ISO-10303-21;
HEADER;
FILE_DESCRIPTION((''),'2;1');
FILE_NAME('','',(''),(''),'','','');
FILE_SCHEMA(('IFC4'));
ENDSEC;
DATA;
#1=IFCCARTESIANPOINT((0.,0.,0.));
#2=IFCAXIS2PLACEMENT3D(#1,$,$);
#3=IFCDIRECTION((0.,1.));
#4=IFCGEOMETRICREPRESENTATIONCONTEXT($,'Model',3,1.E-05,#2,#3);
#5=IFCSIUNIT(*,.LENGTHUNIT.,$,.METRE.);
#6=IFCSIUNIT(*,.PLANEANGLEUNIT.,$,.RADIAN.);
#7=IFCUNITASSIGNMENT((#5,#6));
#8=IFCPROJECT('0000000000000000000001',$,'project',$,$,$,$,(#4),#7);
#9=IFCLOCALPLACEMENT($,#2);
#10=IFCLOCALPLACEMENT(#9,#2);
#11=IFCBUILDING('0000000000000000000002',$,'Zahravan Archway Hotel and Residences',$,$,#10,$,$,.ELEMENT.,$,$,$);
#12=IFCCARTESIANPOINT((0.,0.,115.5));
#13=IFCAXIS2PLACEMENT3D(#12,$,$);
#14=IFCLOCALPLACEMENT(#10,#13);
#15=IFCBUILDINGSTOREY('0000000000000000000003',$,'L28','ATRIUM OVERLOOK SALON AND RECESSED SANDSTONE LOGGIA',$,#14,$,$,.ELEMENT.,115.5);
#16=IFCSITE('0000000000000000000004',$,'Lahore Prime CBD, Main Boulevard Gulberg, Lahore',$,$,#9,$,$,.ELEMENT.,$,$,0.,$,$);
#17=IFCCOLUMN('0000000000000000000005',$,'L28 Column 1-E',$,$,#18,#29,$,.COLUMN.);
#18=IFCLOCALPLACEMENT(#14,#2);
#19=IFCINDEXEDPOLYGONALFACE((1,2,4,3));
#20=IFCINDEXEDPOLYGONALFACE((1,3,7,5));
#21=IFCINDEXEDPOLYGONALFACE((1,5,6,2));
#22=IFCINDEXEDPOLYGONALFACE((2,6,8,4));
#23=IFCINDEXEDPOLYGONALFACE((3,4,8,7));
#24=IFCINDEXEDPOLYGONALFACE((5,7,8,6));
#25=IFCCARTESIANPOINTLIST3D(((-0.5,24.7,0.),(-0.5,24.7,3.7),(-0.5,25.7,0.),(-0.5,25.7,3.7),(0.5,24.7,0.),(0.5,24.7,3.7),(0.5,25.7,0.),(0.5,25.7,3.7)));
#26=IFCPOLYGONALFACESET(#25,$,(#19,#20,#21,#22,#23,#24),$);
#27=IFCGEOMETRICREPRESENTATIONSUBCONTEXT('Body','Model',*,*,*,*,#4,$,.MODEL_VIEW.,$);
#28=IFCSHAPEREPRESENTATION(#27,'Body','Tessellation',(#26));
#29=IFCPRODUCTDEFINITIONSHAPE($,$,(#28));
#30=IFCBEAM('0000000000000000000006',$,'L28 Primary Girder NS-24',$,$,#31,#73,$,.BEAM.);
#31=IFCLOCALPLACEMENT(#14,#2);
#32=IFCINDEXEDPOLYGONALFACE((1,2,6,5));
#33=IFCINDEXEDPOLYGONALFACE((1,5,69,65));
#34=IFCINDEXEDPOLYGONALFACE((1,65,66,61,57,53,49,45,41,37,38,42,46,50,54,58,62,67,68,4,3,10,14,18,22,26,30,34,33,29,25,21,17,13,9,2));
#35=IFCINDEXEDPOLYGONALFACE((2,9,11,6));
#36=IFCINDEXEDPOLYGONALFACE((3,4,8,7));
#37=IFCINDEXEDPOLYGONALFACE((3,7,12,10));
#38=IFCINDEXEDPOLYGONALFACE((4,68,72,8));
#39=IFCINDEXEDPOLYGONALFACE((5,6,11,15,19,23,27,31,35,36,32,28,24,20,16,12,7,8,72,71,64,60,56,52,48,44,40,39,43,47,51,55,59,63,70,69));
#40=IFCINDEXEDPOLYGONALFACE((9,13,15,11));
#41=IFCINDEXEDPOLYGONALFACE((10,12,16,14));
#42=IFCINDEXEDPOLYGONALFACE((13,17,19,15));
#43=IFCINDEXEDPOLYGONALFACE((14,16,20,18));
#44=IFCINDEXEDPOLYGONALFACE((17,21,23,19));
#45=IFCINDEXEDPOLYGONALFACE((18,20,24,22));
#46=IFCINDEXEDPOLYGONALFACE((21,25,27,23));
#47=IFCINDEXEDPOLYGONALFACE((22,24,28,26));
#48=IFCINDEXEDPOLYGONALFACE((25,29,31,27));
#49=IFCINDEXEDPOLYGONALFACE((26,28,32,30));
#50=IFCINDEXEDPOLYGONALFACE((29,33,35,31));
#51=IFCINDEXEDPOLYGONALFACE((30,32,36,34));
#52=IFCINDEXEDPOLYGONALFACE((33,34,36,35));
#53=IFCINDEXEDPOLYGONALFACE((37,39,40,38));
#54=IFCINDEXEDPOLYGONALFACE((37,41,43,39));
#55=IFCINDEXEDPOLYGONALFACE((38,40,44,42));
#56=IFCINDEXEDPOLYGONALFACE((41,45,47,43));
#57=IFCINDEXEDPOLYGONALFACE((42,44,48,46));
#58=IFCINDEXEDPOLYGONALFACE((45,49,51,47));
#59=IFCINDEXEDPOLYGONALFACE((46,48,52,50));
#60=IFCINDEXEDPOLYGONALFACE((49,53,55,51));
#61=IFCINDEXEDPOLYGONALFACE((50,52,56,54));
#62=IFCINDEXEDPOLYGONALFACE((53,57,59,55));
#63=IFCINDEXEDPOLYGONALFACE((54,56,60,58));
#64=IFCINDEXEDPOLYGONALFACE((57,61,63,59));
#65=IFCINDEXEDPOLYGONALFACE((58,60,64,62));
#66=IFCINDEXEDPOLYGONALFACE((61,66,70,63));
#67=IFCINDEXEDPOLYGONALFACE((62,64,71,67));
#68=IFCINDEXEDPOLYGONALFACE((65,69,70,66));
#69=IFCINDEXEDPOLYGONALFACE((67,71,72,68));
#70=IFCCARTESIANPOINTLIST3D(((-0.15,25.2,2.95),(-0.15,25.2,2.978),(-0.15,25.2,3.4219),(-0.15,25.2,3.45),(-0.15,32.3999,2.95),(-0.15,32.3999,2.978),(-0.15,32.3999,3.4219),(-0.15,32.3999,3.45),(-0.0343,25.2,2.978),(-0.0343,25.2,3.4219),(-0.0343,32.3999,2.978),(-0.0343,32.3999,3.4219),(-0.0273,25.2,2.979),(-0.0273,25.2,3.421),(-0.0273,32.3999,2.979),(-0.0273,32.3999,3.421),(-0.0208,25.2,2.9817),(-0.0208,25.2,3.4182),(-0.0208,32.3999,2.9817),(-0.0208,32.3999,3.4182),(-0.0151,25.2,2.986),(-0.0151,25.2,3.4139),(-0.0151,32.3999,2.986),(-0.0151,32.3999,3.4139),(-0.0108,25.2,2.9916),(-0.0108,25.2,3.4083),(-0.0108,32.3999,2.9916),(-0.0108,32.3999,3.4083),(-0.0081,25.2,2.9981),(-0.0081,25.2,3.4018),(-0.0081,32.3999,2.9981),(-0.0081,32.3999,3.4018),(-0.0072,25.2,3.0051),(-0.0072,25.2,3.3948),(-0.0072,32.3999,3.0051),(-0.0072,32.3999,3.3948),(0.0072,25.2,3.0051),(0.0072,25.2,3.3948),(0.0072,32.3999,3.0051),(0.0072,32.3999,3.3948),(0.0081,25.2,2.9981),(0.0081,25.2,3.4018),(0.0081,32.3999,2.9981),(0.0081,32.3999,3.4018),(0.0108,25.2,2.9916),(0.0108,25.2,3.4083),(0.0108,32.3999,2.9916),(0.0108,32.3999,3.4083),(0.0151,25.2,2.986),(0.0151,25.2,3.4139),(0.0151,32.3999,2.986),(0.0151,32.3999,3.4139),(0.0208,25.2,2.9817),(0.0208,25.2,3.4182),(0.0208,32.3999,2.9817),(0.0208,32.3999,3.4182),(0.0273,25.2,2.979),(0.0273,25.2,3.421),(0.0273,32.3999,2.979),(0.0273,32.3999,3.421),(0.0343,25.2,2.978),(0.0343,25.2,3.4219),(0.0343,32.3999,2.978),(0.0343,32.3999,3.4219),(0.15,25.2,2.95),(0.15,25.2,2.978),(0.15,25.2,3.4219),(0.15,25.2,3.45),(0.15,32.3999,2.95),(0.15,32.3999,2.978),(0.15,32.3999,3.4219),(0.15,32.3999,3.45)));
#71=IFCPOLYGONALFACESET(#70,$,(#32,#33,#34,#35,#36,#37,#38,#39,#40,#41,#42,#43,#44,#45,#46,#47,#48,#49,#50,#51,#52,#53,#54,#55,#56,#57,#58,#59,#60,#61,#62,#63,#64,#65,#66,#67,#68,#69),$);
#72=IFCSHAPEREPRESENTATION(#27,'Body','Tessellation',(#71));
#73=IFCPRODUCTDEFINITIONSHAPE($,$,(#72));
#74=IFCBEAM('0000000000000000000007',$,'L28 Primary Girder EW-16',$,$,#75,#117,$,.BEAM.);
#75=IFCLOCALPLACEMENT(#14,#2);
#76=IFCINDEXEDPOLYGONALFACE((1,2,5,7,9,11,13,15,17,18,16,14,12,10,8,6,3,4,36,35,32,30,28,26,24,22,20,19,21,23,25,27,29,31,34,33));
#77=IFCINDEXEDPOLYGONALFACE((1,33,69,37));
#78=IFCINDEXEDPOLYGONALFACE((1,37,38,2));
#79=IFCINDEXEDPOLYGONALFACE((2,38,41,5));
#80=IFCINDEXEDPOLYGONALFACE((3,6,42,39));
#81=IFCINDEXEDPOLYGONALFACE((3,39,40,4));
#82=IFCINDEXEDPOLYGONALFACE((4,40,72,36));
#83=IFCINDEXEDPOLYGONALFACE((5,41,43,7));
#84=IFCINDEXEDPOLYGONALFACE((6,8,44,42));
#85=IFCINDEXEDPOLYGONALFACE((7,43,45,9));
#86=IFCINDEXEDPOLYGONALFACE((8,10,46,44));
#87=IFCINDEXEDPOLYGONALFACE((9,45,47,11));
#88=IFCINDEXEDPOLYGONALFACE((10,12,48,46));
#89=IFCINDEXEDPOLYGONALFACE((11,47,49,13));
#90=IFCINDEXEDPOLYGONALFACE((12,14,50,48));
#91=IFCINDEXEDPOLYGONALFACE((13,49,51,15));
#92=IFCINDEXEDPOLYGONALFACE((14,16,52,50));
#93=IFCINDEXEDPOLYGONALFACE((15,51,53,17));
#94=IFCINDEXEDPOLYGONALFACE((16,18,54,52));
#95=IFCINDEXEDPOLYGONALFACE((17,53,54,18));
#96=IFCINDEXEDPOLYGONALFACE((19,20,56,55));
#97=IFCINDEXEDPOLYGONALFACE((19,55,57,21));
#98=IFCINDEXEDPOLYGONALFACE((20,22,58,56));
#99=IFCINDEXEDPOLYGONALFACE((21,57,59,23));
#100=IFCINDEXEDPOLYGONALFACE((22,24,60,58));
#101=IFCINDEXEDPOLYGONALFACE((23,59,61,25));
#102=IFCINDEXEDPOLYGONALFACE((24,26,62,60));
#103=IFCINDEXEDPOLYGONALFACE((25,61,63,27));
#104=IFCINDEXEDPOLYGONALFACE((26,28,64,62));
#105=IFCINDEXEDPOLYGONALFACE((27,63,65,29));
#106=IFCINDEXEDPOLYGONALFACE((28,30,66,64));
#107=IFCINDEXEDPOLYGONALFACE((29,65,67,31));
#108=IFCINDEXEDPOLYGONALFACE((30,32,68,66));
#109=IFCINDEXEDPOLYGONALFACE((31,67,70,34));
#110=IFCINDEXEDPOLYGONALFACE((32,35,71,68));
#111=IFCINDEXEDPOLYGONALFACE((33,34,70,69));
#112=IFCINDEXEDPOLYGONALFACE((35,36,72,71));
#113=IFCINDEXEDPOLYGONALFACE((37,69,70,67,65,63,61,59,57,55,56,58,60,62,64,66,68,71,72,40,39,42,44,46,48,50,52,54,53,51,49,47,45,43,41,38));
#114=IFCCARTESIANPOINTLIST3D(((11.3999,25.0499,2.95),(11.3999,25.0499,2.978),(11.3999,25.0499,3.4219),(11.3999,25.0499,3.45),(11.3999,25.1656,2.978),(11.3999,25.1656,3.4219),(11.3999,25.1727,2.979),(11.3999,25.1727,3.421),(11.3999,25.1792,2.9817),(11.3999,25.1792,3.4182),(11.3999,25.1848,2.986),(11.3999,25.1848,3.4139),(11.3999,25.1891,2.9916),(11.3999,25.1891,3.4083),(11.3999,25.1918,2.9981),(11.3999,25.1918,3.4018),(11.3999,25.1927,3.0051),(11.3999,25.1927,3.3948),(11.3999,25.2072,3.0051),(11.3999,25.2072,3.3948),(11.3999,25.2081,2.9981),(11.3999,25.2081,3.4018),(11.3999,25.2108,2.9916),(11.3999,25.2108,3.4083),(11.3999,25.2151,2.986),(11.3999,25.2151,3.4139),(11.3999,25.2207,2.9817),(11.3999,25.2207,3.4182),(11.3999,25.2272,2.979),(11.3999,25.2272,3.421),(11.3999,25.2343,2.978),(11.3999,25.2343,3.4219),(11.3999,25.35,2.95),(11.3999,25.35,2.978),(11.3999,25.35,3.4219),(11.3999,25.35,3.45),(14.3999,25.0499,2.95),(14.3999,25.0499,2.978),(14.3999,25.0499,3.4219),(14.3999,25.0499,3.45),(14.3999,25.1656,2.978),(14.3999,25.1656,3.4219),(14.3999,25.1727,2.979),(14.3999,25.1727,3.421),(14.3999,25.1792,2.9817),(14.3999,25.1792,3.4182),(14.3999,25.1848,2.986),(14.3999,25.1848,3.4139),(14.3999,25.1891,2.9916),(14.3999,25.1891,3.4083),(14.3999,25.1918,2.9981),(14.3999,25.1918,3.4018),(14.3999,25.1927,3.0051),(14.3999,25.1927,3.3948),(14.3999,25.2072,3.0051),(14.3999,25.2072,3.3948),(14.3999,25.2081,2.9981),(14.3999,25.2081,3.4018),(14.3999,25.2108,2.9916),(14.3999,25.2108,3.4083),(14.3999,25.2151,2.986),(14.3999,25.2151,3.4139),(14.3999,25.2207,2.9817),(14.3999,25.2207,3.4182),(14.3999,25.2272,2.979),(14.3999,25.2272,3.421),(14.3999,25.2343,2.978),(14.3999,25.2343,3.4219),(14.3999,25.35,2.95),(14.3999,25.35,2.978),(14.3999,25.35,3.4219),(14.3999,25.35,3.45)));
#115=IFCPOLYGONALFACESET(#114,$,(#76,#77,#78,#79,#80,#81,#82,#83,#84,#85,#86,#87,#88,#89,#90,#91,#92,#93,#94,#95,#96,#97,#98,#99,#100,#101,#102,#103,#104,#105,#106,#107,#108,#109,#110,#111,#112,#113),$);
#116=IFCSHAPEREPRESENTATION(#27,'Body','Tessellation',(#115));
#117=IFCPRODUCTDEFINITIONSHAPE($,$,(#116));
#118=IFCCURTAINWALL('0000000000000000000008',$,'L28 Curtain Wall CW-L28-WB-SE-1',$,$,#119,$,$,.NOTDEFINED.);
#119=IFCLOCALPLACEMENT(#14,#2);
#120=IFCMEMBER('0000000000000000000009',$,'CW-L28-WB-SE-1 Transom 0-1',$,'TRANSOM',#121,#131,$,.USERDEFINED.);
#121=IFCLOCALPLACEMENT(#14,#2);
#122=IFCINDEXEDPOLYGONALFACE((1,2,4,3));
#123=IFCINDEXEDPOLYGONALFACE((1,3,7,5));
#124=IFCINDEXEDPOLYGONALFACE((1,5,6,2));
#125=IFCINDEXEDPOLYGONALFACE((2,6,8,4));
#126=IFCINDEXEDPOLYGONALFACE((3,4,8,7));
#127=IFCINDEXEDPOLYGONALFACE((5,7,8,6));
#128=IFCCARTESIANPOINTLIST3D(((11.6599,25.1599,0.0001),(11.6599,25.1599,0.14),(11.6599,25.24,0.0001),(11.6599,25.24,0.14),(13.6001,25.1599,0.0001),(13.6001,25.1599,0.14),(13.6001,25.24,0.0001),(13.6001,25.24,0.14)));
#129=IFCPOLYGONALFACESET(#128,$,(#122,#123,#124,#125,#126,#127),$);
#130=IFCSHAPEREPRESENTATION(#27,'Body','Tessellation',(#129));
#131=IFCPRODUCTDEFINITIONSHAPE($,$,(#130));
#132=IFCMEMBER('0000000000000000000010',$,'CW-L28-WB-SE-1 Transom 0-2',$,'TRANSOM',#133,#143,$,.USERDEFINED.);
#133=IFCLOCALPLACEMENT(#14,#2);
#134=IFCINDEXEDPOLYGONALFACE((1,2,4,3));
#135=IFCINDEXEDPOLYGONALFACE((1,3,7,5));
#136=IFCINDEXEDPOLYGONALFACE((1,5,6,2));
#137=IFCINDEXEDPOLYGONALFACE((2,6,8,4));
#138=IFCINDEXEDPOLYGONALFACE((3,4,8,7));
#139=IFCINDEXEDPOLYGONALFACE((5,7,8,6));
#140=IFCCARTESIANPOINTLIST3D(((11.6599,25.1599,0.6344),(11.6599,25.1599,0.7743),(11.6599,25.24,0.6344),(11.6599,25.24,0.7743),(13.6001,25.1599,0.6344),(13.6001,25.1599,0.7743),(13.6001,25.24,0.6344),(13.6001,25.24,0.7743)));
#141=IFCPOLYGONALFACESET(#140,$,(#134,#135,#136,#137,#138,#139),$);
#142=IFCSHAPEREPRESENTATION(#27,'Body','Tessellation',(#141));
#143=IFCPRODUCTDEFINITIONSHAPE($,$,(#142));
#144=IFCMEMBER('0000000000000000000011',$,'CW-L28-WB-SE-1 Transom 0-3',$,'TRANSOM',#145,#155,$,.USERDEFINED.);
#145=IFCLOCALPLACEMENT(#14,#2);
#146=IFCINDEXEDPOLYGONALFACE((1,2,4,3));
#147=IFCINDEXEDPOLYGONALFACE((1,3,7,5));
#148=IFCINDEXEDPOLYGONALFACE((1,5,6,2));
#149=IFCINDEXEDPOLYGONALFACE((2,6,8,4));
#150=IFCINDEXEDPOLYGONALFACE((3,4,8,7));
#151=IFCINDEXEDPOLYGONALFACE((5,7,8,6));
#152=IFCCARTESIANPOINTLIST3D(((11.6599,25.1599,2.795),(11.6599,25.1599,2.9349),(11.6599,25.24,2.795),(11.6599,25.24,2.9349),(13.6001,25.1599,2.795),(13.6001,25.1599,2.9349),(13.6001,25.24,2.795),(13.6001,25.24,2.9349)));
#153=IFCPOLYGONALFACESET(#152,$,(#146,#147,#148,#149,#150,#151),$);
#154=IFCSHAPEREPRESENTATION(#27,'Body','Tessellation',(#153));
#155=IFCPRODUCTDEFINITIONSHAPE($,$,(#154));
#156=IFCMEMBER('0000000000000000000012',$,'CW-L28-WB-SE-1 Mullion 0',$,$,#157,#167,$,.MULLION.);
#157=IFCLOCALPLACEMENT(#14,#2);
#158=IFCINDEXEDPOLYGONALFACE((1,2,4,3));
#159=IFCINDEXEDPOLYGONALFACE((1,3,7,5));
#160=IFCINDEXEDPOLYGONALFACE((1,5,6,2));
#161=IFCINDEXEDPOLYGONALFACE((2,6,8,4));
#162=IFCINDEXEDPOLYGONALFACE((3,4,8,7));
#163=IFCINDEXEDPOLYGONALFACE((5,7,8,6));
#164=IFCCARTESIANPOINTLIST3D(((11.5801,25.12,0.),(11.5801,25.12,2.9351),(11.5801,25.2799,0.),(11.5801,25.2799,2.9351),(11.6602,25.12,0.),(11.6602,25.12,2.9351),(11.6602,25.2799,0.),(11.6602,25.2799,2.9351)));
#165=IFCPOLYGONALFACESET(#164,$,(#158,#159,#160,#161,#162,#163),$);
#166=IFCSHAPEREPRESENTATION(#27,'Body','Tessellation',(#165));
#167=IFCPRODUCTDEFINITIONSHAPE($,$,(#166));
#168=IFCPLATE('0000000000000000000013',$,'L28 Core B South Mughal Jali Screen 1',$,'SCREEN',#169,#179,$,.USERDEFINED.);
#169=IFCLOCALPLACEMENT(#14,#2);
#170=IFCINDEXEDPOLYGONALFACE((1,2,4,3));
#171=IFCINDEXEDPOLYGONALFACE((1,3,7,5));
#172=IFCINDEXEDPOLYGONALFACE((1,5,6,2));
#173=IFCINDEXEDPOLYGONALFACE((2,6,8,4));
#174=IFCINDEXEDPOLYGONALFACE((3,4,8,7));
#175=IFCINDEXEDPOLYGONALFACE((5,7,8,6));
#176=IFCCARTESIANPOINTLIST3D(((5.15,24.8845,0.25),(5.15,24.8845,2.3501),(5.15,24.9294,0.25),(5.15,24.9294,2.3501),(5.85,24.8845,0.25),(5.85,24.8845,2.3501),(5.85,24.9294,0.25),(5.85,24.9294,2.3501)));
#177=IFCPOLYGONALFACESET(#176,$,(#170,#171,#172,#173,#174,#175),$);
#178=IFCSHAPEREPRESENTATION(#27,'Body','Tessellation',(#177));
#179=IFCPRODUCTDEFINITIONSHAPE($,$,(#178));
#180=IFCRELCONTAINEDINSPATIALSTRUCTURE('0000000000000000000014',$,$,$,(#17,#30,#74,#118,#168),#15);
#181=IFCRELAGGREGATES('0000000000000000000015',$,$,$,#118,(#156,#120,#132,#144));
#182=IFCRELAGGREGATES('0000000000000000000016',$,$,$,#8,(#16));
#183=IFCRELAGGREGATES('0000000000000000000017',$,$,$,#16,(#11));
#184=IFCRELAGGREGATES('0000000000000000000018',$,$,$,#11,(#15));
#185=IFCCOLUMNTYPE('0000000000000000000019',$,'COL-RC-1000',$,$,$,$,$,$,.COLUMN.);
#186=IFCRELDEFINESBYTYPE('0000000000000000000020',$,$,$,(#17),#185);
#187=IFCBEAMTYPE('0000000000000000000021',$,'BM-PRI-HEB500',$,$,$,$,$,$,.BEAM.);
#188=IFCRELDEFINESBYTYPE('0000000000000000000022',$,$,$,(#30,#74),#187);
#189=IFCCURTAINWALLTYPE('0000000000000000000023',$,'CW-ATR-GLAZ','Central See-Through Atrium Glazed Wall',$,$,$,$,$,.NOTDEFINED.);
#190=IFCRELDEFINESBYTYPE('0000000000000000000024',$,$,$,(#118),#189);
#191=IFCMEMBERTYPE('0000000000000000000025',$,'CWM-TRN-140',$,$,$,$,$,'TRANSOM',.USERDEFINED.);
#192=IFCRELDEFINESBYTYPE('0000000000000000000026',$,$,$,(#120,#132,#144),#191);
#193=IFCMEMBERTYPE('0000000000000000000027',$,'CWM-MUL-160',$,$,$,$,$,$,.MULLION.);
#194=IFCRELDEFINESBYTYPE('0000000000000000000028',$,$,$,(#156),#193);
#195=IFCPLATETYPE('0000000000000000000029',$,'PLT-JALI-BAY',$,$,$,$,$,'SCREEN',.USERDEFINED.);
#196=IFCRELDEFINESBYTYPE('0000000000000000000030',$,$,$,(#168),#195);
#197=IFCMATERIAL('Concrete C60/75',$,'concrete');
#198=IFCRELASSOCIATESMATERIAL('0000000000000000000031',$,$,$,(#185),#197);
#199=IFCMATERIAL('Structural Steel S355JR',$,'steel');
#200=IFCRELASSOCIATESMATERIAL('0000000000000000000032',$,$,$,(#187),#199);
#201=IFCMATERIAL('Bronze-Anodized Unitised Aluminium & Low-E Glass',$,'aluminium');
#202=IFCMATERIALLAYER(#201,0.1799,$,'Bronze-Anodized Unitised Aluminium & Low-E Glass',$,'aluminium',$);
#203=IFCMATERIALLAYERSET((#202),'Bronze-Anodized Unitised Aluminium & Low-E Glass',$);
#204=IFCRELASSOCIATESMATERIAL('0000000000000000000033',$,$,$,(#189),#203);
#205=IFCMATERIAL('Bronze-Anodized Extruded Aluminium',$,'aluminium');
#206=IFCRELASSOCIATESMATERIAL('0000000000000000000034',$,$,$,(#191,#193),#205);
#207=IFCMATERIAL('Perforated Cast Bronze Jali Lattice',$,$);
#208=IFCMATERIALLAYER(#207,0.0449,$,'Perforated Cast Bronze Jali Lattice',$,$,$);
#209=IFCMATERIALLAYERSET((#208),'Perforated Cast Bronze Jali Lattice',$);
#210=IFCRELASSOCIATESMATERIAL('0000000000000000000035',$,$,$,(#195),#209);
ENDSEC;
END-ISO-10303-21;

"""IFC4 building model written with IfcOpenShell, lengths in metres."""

from ifc_helpers import new_model, si_unit, direction, frame, origin, origin_2d, place, context, subcontext, project, spatial, rectangle, i_section, extrude, source, transform, mapped, material, layer, layer_set, material_profile, profile_set, type_object, type_shapes, element, aggregate, save


model = new_model("IFC4")

# Units and contexts
model_context = context("Model", 3, precision=1e-05, world=origin(), true_north=direction((0.0, 1.0)))
body_context = subcontext(model_context, "Body", "Model", "MODEL_VIEW")
ifc_project = project(units=[si_unit("LENGTHUNIT", "METRE"), si_unit("PLANEANGLEUNIT", "RADIAN")], contexts=[model_context])

# Site, building, storey
site_placement = place(None, origin())
site = spatial("IfcSite", under=ifc_project, at=site_placement, Name="Lahore Prime CBD, Main Boulevard Gulberg, Lahore", CompositionType="ELEMENT", RefElevation=0.0)
building_placement = place(site_placement, origin())
building = spatial("IfcBuilding", under=site, at=building_placement, Name="Zahravan Archway Hotel and Residences", CompositionType="ELEMENT")
storey_placement = place(building_placement, frame((0.0, 0.0, 115.5)))
storey = spatial("IfcBuildingStorey", under=building, at=storey_placement, Name="L28", Description="ATRIUM OVERLOOK SALON AND RECESSED SANDSTONE LOGGIA", CompositionType="ELEMENT", Elevation=115.5)

# Column
ifc_material_1 = material(Name="Concrete C60/75", Category="concrete")
ifc_material_profile_1 = material_profile(ifc_material_1, rectangle(XDim=1.0, YDim=1.0, at=origin_2d()), Name="RC-COL-1000x1000", Category="concrete")
ifc_profile_set_1 = profile_set([ifc_material_profile_1], Name="Concrete C60/75")
column_type = type_object("IfcColumnType", Name="COL-RC-1000", PredefinedType="COLUMN", material=ifc_profile_set_1)
shared_shape_1 = source(origin(), body_context, "Body", "SweptSolid", [
    extrude(rectangle(XDim=1.0, YDim=1.0, at=origin_2d()), origin(), (0.0, 0.0, 1.0), 3.7),
])
type_shapes(column_type, [shared_shape_1])
column_placement = place(storey_placement, frame((0.0, 25.2, 0.0), z_axis=(0.0, 0.0, 1.0), x_axis=(1.0, 0.0, 0.0)))
element("IfcColumn", 1, at=column_placement, inside=storey, type_object=column_type, Name="L28 Column 1-E", PredefinedType="COLUMN", context=body_context, shape_type="MappedRepresentation", body=[
    mapped(shared_shape_1, transform((0.0, 0.0, 0.0), scale=1.0)),
])

# Beams
ifc_material_2 = material(Name="Structural Steel S355JR", Category="steel")
ifc_material_profile_2 = material_profile(ifc_material_2, i_section(OverallWidth=0.3, OverallDepth=0.5, WebThickness=0.0144, FlangeThickness=0.0281, FilletRadius=0.0271, at=origin_2d()), Name="HEB 500", Category="steel")
ifc_profile_set_2 = profile_set([ifc_material_profile_2], Name="Structural Steel S355JR")
beam_type = type_object("IfcBeamType", Name="BM-PRI-HEB500", PredefinedType="BEAM", material=ifc_profile_set_2)
shared_shape_2 = source(origin(), body_context, "Body", "SweptSolid", [
    extrude(i_section(OverallWidth=0.3, OverallDepth=0.5, WebThickness=0.0144, FlangeThickness=0.0281, FilletRadius=0.0271, at=origin_2d()), origin(), (0.0, 0.0, 1.0), 7.2),
])
beam_1_placement = place(storey_placement, frame((0.0, 25.2, 3.2), z_axis=(0.0, 1.0, 0.0), x_axis=(-1.0, 0.0, 0.0)))
element("IfcBeam", 2, at=beam_1_placement, inside=storey, type_object=beam_type, Name="L28 Primary Girder NS-24", PredefinedType="BEAM", context=body_context, shape_type="MappedRepresentation", body=[
    mapped(shared_shape_2, transform((0.0, 0.0, 0.0), scale=1.0)),
])
shared_shape_3 = source(origin(), body_context, "Body", "SweptSolid", [
    extrude(i_section(OverallWidth=0.3, OverallDepth=0.5, WebThickness=0.0144, FlangeThickness=0.0281, FilletRadius=0.0271, at=origin_2d()), origin(), (0.0, 0.0, 1.0), 3.0),
])
beam_2_placement = place(storey_placement, frame((11.3999, 25.2, 3.2), z_axis=(1.0, 0.0, 0.0), x_axis=(0.0, 1.0, 0.0)))
element("IfcBeam", 3, at=beam_2_placement, inside=storey, type_object=beam_type, Name="L28 Primary Girder EW-16", PredefinedType="BEAM", context=body_context, shape_type="MappedRepresentation", body=[
    mapped(shared_shape_3, transform((0.0, 0.0, 0.0), scale=1.0)),
])

# Curtain wall, members
ifc_material_3 = material(Name="Bronze-Anodized Unitised Aluminium & Low-E Glass", Category="aluminium")
ifc_layer_1 = layer(ifc_material_3, 0.1799, Name="Bronze-Anodized Unitised Aluminium & Low-E Glass", Category="aluminium")
ifc_layer_set_1 = layer_set([ifc_layer_1], Name="Bronze-Anodized Unitised Aluminium & Low-E Glass")
curtain_wall_type = type_object("IfcCurtainWallType", Name="CW-ATR-GLAZ", Description="Central See-Through Atrium Glazed Wall", PredefinedType="NOTDEFINED", material=ifc_layer_set_1)
curtain_wall_placement = place(storey_placement, origin())
curtain_wall = element("IfcCurtainWall", 4, at=curtain_wall_placement, inside=storey, type_object=curtain_wall_type, Name="L28 Curtain Wall CW-L28-WB-SE-1", PredefinedType="NOTDEFINED")
ifc_material_4 = material(Name="Bronze-Anodized Extruded Aluminium", Category="aluminium")
ifc_material_profile_3 = material_profile(ifc_material_4, rectangle(XDim=0.0801, YDim=0.1399, at=origin_2d()), Name="TRN 80x140", Category="aluminium")
ifc_profile_set_3 = profile_set([ifc_material_profile_3], Name="Bronze-Anodized Extruded Aluminium")
member_type_1 = type_object("IfcMemberType", Name="CWM-TRN-140", ElementType="TRANSOM", PredefinedType="USERDEFINED", material=ifc_profile_set_3)
shared_shape_4 = source(origin(), body_context, "Body", "SweptSolid", [
    extrude(rectangle(XDim=0.0801, YDim=0.1399, at=origin_2d()), origin(), (0.0, 0.0, 1.0), 1.9402),
])
member_1_placement = place(storey_placement, frame((11.6599, 25.2, 0.0701), z_axis=(1.0, 0.0, 0.0), x_axis=(0.0, 1.0, 0.0)))
member_1 = element("IfcMember", 5, at=member_1_placement, type_object=member_type_1, Name="CW-L28-WB-SE-1 Transom 0-1", ObjectType="TRANSOM", PredefinedType="USERDEFINED", context=body_context, shape_type="MappedRepresentation", body=[
    mapped(shared_shape_4, transform((0.0, 0.0, 0.0), scale=1.0)),
])
member_2_placement = place(storey_placement, frame((11.6599, 25.2, 0.7043), z_axis=(1.0, 0.0, 0.0), x_axis=(0.0, 1.0, 0.0)))
member_2 = element("IfcMember", 6, at=member_2_placement, type_object=member_type_1, Name="CW-L28-WB-SE-1 Transom 0-2", ObjectType="TRANSOM", PredefinedType="USERDEFINED", context=body_context, shape_type="MappedRepresentation", body=[
    mapped(shared_shape_4, transform((0.0, 0.0, 0.0), scale=1.0)),
])
member_3_placement = place(storey_placement, frame((11.6599, 25.2, 2.865), z_axis=(1.0, 0.0, 0.0), x_axis=(0.0, 1.0, 0.0)))
member_3 = element("IfcMember", 7, at=member_3_placement, type_object=member_type_1, Name="CW-L28-WB-SE-1 Transom 0-3", ObjectType="TRANSOM", PredefinedType="USERDEFINED", context=body_context, shape_type="MappedRepresentation", body=[
    mapped(shared_shape_4, transform((0.0, 0.0, 0.0), scale=1.0)),
])
ifc_material_profile_4 = material_profile(ifc_material_4, rectangle(XDim=0.0801, YDim=0.1599, at=origin_2d()), Name="MUL 80x160", Category="aluminium")
ifc_profile_set_4 = profile_set([ifc_material_profile_4], Name="Bronze-Anodized Extruded Aluminium")
member_type_2 = type_object("IfcMemberType", Name="CWM-MUL-160", PredefinedType="MULLION", material=ifc_profile_set_4)
shared_shape_5 = source(origin(), body_context, "Body", "SweptSolid", [
    extrude(rectangle(XDim=0.0801, YDim=0.1599, at=origin_2d()), origin(), (0.0, 0.0, 1.0), 2.9351),
])
member_4_placement = place(storey_placement, frame((11.6201, 25.2, 0.0), z_axis=(0.0, 0.0, 1.0), x_axis=(1.0, 0.0, 0.0)))
member_4 = element("IfcMember", 8, at=member_4_placement, type_object=member_type_2, Name="CW-L28-WB-SE-1 Mullion 0", PredefinedType="MULLION", context=body_context, shape_type="MappedRepresentation", body=[
    mapped(shared_shape_5, transform((0.0, 0.0, 0.0), scale=1.0)),
])

# Plate
ifc_material_5 = material(Name="Perforated Cast Bronze Jali Lattice")
ifc_layer_2 = layer(ifc_material_5, 0.0449, Name="Perforated Cast Bronze Jali Lattice")
ifc_layer_set_2 = layer_set([ifc_layer_2], Name="Perforated Cast Bronze Jali Lattice")
plate_type_1 = type_object("IfcPlateType", Name="PLT-JALI-BAY", ElementType="SCREEN", PredefinedType="USERDEFINED", material=ifc_layer_set_2)
shared_shape_6 = source(origin(), body_context, "Body", "SweptSolid", [
    extrude(rectangle(XDim=0.7, YDim=0.0449, at=origin_2d()), origin(), (0.0, 0.0, 1.0), 2.1001),
])
type_shapes(plate_type_1, [shared_shape_6])
for number, where, z_axis, x_axis, name in (
    (9, (5.5, 24.907, 0.25), (0.0, 0.0, 1.0), (1.0, 0.0, 0.0), "L28 Core B South Mughal Jali Screen 1"),
):
    element("IfcPlate", number, at=place(storey_placement, frame(where, z_axis=z_axis, x_axis=x_axis)), inside=storey, type_object=plate_type_1, Name=name, ObjectType="SCREEN", PredefinedType="USERDEFINED", context=body_context, shape_type="MappedRepresentation", body=[
        mapped(shared_shape_6, transform((0.0, 0.0, 0.0), scale=1.0)),
    ])

aggregate(curtain_wall, [member_4, member_1, member_2, member_3])

save(model, "model.ifc")
